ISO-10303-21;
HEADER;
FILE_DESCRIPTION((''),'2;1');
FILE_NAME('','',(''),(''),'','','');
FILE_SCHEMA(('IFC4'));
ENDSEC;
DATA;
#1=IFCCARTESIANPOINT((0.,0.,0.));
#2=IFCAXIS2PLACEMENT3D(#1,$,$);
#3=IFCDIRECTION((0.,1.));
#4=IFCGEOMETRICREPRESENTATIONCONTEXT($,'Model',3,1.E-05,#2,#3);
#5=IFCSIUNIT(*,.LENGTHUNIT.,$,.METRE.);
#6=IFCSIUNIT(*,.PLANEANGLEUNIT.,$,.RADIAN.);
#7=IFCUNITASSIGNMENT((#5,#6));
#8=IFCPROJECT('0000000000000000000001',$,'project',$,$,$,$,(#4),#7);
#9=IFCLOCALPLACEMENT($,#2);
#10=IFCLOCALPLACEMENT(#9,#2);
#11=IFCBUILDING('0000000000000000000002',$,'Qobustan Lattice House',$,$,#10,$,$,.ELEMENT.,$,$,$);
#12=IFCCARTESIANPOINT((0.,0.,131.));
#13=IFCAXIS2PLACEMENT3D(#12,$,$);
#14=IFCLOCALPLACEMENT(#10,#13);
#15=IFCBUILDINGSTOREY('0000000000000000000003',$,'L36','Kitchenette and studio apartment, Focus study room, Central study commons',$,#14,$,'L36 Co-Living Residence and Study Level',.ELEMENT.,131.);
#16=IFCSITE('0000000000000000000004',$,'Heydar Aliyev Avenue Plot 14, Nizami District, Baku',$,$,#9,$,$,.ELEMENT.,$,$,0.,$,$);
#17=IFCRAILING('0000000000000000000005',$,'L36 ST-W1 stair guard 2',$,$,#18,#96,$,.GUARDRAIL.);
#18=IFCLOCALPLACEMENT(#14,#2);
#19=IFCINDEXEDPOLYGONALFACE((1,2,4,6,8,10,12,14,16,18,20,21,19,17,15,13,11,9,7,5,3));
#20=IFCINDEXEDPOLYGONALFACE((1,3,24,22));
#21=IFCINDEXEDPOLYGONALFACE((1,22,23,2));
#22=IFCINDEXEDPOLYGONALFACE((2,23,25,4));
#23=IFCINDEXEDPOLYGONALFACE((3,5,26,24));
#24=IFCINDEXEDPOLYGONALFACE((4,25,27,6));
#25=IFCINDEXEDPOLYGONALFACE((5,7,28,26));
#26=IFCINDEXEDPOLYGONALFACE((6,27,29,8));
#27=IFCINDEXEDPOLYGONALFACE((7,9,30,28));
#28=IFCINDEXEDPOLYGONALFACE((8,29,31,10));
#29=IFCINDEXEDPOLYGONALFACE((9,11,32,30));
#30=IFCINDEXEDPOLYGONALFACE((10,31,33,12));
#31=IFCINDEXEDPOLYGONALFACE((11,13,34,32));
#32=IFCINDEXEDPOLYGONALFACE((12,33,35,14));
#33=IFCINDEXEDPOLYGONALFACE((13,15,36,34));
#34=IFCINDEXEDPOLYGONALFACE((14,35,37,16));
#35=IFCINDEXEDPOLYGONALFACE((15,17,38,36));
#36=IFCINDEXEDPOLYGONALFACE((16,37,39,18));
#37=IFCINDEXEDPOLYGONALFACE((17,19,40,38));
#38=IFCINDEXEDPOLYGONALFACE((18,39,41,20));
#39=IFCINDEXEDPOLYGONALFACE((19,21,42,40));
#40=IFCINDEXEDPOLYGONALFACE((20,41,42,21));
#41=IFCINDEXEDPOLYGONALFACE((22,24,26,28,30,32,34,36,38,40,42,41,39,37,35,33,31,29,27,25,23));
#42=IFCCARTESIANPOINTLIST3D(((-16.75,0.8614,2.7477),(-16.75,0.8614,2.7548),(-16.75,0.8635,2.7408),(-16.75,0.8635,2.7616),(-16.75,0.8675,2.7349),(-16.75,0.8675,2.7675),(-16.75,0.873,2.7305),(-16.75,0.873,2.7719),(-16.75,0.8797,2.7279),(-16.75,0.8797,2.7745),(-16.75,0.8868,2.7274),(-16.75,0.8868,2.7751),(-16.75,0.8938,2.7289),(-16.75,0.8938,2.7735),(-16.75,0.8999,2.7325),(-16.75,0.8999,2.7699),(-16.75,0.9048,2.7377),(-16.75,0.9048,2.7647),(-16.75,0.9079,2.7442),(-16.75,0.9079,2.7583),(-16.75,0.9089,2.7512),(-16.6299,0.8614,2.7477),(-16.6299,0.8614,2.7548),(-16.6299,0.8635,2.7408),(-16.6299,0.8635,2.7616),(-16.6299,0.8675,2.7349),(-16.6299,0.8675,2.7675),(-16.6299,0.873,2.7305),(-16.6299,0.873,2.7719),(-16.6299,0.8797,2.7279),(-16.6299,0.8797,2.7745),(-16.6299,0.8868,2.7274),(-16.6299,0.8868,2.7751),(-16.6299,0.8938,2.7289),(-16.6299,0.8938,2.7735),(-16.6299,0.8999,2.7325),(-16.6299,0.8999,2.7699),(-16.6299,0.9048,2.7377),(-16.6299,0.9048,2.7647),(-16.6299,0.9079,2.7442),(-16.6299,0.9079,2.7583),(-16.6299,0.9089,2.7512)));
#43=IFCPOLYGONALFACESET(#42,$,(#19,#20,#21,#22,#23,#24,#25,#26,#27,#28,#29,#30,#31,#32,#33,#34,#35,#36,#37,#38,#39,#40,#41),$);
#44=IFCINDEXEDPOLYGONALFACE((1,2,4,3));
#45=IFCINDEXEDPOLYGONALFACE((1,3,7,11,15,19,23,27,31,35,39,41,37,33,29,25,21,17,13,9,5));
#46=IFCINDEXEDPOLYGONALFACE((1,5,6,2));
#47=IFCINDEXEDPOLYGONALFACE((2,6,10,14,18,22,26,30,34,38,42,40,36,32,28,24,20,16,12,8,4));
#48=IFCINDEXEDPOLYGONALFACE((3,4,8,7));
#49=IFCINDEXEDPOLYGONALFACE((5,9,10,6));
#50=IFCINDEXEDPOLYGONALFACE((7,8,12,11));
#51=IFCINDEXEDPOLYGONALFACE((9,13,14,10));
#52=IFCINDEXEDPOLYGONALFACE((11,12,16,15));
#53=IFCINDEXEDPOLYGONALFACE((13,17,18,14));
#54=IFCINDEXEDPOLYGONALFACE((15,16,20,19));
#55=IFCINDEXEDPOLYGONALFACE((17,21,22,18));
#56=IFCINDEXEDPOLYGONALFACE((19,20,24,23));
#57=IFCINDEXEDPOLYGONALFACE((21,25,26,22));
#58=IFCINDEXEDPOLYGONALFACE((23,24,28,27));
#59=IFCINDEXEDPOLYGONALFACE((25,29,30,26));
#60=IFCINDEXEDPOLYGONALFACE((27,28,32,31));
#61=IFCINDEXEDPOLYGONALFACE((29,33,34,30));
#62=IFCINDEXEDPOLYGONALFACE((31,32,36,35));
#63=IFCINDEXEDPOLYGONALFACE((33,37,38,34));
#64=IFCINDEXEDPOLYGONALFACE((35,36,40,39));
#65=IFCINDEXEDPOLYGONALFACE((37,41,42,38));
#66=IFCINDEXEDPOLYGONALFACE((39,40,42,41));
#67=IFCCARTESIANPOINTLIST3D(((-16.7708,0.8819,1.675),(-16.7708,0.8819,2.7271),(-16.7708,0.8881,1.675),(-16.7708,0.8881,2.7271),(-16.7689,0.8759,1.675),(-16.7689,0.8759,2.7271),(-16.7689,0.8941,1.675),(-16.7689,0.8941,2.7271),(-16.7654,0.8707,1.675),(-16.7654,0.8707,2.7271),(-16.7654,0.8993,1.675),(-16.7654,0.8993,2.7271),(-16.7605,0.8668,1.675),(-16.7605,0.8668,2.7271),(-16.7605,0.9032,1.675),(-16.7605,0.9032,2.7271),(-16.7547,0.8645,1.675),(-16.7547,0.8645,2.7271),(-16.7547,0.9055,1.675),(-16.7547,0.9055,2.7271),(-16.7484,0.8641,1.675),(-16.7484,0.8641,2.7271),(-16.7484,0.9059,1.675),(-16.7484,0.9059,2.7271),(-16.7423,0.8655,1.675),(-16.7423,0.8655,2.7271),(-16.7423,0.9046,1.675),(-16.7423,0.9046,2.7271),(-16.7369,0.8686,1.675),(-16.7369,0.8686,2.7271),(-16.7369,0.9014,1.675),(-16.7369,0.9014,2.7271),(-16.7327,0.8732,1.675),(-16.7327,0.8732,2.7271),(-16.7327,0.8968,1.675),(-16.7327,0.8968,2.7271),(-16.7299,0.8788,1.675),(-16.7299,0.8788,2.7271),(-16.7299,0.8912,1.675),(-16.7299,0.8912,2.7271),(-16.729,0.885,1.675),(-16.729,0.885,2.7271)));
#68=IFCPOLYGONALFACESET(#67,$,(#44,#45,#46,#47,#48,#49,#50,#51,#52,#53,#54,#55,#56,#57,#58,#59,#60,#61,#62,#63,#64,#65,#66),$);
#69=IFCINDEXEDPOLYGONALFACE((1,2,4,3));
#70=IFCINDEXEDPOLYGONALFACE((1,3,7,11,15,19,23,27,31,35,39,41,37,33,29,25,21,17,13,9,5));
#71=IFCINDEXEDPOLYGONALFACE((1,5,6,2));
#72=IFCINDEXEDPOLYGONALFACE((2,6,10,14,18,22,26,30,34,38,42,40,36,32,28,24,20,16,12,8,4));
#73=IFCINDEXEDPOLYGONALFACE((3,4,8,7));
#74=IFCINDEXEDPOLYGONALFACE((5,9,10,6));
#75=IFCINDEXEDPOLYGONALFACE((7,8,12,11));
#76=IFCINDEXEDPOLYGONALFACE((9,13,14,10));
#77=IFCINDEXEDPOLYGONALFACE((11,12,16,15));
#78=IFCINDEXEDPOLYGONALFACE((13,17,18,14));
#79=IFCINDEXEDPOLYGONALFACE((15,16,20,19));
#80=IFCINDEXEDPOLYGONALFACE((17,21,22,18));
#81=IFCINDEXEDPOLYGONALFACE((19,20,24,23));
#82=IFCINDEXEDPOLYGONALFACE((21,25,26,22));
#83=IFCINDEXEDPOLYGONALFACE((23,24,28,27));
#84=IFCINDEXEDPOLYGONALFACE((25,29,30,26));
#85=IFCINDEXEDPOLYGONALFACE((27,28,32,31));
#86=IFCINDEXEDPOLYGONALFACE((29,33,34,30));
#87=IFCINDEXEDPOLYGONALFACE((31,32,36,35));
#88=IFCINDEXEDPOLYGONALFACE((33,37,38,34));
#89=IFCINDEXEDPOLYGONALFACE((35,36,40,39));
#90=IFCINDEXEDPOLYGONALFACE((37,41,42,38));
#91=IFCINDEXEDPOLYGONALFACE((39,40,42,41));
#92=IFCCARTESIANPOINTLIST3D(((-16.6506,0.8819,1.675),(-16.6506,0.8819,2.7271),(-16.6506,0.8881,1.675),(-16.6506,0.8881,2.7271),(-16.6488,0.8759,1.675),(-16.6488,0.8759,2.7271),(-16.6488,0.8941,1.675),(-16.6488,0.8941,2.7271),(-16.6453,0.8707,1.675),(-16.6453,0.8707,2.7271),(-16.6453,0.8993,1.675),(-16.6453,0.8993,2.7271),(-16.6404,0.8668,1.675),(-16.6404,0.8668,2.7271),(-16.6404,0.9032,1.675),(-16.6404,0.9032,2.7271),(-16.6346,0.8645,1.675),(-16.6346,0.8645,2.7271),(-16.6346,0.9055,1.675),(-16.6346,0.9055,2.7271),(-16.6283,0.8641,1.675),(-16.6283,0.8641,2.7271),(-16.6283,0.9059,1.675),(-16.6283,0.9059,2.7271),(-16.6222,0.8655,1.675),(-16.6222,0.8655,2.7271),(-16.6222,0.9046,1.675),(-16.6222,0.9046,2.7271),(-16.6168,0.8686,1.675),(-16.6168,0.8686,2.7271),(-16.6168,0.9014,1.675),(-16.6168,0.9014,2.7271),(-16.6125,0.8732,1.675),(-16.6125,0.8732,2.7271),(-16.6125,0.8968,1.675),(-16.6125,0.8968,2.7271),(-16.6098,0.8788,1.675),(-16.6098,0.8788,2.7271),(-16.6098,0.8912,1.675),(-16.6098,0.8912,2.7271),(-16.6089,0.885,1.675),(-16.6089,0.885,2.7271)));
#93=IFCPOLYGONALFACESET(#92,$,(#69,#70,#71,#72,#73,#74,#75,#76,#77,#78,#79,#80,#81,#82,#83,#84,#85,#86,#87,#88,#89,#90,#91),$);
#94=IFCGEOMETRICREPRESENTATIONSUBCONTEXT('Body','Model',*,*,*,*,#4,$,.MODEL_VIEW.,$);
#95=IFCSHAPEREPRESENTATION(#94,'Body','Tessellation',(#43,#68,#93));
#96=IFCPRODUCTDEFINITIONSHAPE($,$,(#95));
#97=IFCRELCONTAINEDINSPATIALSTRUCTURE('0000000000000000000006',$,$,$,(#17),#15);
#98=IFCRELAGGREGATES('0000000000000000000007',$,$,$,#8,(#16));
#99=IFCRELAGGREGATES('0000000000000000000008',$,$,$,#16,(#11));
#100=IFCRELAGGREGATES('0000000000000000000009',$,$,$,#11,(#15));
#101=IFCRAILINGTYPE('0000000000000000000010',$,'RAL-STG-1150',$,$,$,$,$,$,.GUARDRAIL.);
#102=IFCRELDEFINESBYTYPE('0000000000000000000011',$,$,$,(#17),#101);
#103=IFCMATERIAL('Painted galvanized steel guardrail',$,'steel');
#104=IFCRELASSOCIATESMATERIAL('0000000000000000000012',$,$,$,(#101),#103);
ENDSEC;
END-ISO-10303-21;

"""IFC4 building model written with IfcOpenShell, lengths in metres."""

from ifc_helpers import new_model, si_unit, direction, frame, origin, origin_2d, place, context, subcontext, project, spatial, circle, extrude, material, type_object, element, save


model = new_model("IFC4")

# Units and contexts
model_context = context("Model", 3, precision=1e-05, world=origin(), true_north=direction((0.0, 1.0)))
body_context = subcontext(model_context, "Body", "Model", "MODEL_VIEW")
ifc_project = project(units=[si_unit("LENGTHUNIT", "METRE"), si_unit("PLANEANGLEUNIT", "RADIAN")], contexts=[model_context])

# Site, building, storey
site_placement = place(None, origin())
site = spatial("IfcSite", under=ifc_project, at=site_placement, Name="Heydar Aliyev Avenue Plot 14, Nizami District, Baku", CompositionType="ELEMENT", RefElevation=0.0)
building_placement = place(site_placement, origin())
building = spatial("IfcBuilding", under=site, at=building_placement, Name="Qobustan Lattice House", CompositionType="ELEMENT")
storey_placement = place(building_placement, frame((0.0, 0.0, 131.0)))
storey = spatial("IfcBuildingStorey", under=building, at=storey_placement, Name="L36", Description="Kitchenette and studio apartment, Focus study room, Central study commons", LongName="L36 Co-Living Residence and Study Level", CompositionType="ELEMENT", Elevation=131.0)

# Railing
ifc_material_1 = material(Name="Painted galvanized steel guardrail", Category="steel")
railing_type_1 = type_object("IfcRailingType", Name="RAL-STG-1150", PredefinedType="GUARDRAIL", material=ifc_material_1)
railing_1_placement = place(storey_placement, frame((-16.75, 0.885, 1.675)))
element("IfcRailing", 1, at=railing_1_placement, inside=storey, type_object=railing_type_1, Name="L36 ST-W1 stair guard 2", PredefinedType="GUARDRAIL", context=body_context, shape_type="SweptSolid", body=[
    extrude(circle(Radius=0.0239, at=origin_2d()), frame((0.0, 0.0, 1.0762), z_axis=(1.0, 0.0, 0.0), x_axis=(0.0, 1.0, 0.0)), (0.0, 0.0, 1.0), 0.1201),
    extrude(circle(Radius=0.021, at=origin_2d()), origin(), (0.0, 0.0, 1.0), 1.052),
    extrude(circle(Radius=0.021, at=origin_2d()), frame((0.1201, 0.0, 0.0)), (0.0, 0.0, 1.0), 1.052),
])

save(model, "model.ifc")
